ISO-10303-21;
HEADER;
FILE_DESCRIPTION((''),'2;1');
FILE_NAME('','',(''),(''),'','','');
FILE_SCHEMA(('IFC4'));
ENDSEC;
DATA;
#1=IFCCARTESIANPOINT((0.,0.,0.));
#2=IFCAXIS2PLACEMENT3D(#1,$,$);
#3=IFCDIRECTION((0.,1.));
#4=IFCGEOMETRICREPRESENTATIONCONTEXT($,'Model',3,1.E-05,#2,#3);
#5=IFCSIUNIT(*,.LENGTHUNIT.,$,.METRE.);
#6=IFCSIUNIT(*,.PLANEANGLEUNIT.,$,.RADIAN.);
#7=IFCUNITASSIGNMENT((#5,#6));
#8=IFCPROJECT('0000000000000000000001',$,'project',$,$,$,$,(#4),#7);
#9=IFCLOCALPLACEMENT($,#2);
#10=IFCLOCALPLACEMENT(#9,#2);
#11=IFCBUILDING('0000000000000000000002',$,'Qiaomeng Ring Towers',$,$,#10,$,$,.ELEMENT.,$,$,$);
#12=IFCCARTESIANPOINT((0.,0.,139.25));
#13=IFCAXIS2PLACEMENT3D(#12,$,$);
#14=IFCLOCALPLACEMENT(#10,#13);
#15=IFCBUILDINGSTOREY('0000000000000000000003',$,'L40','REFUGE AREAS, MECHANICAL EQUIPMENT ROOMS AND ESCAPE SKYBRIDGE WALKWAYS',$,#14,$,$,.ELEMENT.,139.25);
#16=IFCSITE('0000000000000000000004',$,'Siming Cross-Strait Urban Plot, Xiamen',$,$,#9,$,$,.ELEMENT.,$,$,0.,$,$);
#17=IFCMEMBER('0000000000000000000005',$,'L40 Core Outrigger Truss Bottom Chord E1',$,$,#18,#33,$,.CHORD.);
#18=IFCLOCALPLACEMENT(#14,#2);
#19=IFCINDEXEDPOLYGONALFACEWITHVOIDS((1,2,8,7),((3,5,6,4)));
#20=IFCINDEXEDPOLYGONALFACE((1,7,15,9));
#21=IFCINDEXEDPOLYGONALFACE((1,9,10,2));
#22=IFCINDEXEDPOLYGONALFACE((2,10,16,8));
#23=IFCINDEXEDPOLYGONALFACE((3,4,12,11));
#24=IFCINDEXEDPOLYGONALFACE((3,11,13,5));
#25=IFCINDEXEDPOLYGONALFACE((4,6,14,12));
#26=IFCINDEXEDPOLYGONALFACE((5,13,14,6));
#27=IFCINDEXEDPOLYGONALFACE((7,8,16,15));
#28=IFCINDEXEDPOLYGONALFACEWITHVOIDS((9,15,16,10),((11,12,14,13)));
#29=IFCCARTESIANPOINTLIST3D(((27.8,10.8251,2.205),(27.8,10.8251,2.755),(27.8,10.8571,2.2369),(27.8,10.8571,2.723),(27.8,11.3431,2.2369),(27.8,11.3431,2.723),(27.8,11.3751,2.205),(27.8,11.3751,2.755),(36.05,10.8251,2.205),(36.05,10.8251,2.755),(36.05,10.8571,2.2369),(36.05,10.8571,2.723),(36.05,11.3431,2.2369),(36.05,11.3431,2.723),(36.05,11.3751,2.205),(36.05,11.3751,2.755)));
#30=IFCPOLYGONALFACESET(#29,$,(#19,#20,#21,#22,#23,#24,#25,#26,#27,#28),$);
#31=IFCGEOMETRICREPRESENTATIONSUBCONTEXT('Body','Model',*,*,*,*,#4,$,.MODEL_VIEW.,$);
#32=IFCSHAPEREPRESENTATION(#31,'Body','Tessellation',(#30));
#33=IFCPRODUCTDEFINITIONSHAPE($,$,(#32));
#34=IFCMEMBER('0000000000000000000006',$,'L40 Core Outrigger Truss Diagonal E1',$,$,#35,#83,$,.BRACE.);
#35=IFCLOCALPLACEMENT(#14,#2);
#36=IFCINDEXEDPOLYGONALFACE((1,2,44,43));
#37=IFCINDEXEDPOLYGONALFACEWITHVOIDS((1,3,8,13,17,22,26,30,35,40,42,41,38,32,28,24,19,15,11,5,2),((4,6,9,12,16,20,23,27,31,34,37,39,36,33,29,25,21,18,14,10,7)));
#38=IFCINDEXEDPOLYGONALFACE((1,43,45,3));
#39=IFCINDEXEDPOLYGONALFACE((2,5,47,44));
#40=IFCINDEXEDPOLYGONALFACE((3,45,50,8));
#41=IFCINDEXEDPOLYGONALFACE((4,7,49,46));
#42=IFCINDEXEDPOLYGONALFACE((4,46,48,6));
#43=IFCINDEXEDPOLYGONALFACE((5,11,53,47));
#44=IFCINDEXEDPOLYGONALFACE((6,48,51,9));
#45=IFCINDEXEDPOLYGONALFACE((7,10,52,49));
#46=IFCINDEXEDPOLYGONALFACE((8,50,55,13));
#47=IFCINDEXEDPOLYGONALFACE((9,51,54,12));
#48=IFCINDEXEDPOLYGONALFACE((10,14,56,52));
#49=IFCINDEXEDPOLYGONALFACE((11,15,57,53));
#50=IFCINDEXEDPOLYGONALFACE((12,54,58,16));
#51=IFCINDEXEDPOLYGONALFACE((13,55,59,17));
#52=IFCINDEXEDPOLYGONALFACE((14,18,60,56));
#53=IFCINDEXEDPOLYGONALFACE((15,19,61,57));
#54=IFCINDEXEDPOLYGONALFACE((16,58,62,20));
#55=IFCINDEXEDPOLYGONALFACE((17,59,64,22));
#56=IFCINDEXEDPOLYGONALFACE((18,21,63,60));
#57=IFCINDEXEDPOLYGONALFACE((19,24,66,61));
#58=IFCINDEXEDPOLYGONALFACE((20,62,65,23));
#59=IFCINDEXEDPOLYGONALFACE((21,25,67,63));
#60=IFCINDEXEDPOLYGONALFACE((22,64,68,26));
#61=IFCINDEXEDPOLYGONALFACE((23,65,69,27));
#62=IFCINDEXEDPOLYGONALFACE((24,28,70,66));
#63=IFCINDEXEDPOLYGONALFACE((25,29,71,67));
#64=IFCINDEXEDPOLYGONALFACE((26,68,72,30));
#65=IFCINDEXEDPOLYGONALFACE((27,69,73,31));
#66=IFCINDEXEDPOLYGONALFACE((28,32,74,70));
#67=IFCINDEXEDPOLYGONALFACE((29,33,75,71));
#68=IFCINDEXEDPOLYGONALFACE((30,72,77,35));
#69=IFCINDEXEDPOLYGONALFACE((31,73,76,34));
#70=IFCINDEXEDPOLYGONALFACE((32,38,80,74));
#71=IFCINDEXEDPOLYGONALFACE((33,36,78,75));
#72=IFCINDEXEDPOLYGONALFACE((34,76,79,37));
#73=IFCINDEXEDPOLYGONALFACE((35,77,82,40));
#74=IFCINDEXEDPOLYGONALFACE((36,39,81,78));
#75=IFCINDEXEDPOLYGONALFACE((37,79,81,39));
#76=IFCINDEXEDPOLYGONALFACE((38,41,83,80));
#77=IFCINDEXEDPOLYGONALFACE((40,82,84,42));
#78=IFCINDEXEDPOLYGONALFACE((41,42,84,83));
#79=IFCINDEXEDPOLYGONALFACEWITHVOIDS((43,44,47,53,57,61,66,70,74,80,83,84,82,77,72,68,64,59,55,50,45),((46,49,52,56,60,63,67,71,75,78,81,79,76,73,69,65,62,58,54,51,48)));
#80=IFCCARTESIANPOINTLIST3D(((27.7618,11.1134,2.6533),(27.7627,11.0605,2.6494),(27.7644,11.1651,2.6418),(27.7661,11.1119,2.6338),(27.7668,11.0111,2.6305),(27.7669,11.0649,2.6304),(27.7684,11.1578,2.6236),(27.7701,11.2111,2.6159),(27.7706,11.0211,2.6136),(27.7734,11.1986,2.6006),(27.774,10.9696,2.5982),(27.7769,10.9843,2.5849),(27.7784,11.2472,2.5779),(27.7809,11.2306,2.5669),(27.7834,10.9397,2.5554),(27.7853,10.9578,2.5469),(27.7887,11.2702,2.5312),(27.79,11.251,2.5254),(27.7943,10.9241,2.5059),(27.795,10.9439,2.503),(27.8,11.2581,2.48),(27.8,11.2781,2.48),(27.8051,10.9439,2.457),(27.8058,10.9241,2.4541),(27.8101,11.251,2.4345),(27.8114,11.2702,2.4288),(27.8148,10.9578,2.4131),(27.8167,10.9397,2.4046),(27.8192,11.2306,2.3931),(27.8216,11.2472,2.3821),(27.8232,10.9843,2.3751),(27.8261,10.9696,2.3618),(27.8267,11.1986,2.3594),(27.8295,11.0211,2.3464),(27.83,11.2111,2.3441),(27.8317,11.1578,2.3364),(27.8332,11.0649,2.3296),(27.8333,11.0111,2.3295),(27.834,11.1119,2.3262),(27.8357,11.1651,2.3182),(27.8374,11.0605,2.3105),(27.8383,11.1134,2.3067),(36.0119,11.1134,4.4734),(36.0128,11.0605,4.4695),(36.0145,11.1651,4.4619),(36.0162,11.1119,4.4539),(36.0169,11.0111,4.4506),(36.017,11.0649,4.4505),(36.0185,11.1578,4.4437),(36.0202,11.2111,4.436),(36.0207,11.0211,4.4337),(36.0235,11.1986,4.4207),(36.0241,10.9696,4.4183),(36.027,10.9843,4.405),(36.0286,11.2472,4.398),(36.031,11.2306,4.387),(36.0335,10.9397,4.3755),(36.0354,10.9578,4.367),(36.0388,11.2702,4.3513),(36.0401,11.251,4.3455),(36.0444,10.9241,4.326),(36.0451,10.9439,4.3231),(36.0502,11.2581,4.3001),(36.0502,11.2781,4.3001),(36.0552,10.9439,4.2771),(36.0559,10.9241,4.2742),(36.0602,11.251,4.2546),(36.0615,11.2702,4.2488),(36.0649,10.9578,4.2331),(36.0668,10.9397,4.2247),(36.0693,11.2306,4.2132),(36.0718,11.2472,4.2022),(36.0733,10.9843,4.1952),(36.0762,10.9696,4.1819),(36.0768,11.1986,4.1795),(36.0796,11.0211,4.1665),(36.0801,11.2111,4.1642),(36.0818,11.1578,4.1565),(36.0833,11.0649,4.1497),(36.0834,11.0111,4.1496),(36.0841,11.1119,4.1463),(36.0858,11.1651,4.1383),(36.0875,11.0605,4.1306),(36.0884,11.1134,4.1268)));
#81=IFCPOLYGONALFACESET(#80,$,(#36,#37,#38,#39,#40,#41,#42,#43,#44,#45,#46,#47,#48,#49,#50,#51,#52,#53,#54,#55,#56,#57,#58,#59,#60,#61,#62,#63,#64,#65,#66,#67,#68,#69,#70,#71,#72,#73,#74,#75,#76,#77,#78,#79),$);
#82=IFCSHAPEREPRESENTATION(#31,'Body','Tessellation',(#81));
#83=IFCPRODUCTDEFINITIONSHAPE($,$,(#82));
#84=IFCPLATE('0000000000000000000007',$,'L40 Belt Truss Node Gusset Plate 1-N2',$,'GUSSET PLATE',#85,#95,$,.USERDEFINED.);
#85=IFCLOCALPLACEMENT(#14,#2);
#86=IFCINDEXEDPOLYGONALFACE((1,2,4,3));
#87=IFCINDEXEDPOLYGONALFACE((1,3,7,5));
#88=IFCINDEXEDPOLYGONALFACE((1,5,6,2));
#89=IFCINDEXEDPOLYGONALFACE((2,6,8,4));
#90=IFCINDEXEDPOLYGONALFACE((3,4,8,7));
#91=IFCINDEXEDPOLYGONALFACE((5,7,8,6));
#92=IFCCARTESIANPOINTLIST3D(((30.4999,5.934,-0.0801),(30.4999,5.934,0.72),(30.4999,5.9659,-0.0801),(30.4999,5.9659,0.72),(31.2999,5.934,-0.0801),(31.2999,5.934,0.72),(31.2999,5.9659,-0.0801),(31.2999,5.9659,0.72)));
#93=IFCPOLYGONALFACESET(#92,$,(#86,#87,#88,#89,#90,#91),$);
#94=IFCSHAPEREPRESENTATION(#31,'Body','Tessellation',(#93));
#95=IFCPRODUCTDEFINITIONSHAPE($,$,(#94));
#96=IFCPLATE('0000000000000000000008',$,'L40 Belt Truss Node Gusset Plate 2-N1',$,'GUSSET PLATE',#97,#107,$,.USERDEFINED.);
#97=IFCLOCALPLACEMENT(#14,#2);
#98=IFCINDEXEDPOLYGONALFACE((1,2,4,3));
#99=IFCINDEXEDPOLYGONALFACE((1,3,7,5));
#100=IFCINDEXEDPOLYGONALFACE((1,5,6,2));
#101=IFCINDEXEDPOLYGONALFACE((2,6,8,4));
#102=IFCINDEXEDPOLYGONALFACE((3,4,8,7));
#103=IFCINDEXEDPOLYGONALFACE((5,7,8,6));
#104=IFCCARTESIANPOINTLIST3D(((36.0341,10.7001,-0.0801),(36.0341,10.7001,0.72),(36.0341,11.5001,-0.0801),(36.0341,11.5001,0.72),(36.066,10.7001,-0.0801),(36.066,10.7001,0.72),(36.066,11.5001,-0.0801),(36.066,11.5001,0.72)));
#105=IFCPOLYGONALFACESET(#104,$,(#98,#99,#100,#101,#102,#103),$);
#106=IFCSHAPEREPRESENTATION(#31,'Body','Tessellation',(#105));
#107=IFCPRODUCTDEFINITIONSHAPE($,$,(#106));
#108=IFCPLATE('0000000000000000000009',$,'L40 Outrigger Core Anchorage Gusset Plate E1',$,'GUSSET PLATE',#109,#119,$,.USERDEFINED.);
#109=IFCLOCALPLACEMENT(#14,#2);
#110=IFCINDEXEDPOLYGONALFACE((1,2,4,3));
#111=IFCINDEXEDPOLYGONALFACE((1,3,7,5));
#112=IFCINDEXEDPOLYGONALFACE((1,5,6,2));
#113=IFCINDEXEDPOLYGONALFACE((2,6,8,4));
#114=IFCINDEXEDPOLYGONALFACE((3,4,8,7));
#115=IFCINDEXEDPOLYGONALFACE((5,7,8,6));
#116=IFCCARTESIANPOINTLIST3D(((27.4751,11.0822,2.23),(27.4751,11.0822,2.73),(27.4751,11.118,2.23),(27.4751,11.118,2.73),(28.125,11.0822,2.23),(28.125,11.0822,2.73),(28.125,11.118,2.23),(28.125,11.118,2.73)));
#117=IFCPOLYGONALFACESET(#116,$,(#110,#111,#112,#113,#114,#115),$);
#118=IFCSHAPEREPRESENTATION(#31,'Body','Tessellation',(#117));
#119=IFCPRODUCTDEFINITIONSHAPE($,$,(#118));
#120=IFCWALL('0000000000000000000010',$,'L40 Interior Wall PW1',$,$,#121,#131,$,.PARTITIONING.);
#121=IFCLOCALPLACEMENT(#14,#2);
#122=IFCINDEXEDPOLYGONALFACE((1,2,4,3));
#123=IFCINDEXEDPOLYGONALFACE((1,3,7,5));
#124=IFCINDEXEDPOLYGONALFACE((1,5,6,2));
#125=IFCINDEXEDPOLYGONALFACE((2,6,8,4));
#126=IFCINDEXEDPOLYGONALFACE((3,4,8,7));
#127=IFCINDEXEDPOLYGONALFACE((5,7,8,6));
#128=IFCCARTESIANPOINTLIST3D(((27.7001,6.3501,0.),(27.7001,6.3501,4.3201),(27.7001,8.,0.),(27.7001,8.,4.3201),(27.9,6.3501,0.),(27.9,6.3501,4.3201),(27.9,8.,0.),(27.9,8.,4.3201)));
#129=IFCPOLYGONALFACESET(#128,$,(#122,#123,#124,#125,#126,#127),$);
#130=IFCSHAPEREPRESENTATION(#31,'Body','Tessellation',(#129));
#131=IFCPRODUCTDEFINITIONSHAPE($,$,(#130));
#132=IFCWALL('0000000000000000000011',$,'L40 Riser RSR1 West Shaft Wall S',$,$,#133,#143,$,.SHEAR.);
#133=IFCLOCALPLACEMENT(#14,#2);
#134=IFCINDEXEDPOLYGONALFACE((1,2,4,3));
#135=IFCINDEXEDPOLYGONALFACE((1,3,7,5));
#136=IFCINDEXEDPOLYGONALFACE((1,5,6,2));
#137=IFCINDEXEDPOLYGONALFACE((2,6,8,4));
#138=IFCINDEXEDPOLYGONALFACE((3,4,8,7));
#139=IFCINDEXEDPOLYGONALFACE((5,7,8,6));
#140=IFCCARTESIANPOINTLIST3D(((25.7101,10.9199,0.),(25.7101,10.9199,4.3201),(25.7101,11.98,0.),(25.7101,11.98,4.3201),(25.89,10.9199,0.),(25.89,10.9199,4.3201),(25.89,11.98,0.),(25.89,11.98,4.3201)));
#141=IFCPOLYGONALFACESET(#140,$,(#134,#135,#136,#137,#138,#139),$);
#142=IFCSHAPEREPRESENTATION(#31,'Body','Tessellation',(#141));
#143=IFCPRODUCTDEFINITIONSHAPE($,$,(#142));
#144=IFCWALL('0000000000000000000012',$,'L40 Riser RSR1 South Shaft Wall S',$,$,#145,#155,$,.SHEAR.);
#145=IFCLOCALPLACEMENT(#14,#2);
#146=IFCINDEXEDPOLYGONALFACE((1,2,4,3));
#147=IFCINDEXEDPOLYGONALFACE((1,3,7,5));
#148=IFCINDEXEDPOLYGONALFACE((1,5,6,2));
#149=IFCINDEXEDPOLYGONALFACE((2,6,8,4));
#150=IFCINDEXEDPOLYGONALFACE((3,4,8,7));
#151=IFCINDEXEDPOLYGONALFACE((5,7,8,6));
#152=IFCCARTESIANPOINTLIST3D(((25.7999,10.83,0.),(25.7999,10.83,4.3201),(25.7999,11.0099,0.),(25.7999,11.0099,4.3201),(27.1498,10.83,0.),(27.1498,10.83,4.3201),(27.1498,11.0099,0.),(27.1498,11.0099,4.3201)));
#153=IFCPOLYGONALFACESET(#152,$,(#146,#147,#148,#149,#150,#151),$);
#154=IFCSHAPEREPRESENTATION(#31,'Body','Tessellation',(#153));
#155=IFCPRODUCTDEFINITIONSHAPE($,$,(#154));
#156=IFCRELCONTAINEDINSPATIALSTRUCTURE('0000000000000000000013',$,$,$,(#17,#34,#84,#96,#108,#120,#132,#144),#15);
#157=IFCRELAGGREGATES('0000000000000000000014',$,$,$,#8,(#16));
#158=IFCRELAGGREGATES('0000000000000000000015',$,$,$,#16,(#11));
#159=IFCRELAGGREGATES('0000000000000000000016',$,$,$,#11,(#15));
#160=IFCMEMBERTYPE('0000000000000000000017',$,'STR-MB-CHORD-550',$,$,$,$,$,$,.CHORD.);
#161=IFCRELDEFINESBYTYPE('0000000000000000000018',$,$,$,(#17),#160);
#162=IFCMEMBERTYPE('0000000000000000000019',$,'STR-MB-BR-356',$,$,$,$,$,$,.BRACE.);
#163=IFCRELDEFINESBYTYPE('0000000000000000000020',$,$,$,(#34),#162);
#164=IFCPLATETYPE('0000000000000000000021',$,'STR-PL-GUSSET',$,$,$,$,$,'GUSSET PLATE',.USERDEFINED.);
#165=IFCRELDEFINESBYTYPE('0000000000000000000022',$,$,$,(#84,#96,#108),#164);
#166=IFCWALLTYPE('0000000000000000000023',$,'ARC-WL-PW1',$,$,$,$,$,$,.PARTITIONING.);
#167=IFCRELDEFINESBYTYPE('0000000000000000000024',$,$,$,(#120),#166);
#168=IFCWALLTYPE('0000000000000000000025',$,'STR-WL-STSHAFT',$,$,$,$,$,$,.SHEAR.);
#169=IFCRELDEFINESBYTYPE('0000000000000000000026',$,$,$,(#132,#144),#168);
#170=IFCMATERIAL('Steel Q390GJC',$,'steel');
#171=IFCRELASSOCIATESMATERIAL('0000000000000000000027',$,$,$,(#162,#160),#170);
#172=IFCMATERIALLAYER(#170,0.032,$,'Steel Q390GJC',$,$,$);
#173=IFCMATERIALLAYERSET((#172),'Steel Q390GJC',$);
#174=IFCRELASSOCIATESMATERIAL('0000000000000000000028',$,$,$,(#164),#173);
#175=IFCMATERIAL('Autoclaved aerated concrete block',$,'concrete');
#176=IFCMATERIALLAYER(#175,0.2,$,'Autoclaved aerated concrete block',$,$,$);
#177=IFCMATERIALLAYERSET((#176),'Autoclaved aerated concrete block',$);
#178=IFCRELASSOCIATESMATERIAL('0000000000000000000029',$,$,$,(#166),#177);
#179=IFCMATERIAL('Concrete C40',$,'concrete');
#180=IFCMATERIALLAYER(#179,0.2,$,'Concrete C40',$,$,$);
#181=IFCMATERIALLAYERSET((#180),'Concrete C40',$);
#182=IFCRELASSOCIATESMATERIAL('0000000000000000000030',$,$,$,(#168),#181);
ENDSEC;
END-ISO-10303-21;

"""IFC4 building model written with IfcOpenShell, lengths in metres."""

from ifc_helpers import new_model, si_unit, direction, frame, frame_2d, origin, origin_2d, place, context, subcontext, project, spatial, rectangle, hollow_rectangle, hollow_circle, extrude, source, transform, mapped, material, layer, layer_set, material_profile, profile_set, type_object, element, save


model = new_model("IFC4")

# Units and contexts
model_context = context("Model", 3, precision=1e-05, world=origin(), true_north=direction((0.0, 1.0)))
body_context = subcontext(model_context, "Body", "Model", "MODEL_VIEW")
ifc_project = project(units=[si_unit("LENGTHUNIT", "METRE"), si_unit("PLANEANGLEUNIT", "RADIAN")], contexts=[model_context])

# Site, building, storey
site_placement = place(None, origin())
site = spatial("IfcSite", under=ifc_project, at=site_placement, Name="Siming Cross-Strait Urban Plot, Xiamen", CompositionType="ELEMENT", RefElevation=0.0)
building_placement = place(site_placement, origin())
building = spatial("IfcBuilding", under=site, at=building_placement, Name="Qiaomeng Ring Towers", CompositionType="ELEMENT")
storey_placement = place(building_placement, frame((0.0, 0.0, 139.25)))
storey = spatial("IfcBuildingStorey", under=building, at=storey_placement, Name="L40", Description="REFUGE AREAS, MECHANICAL EQUIPMENT ROOMS AND ESCAPE SKYBRIDGE WALKWAYS", CompositionType="ELEMENT", Elevation=139.25)

# Shared definitions
ifc_material_1 = material(Name="Steel Q390GJC", Category="steel")

# Members
ifc_material_profile_1 = material_profile(ifc_material_1, hollow_circle(Radius=0.178, WallThickness=0.02, at=origin_2d()), Name="CHS 356x20")
ifc_profile_set_1 = profile_set([ifc_material_profile_1], Name="Steel Q390GJC")
member_type_1 = type_object("IfcMemberType", Name="STR-MB-BR-356", PredefinedType="BRACE", material=ifc_profile_set_1)
ifc_material_profile_2 = material_profile(ifc_material_1, hollow_rectangle(XDim=0.55, YDim=0.55, WallThickness=0.032, at=origin_2d()), Name="SHS 550x550x32")
ifc_profile_set_2 = profile_set([ifc_material_profile_2], Name="Steel Q390GJC")
member_type_2 = type_object("IfcMemberType", Name="STR-MB-CHORD-550", PredefinedType="CHORD", material=ifc_profile_set_2)
shared_shape_1 = source(origin(), body_context, "Body", "SweptSolid", [
    extrude(hollow_rectangle(XDim=0.55, YDim=0.55, WallThickness=0.032, at=origin_2d()), origin(), (0.0, 0.0, 1.0), 8.25),
])
member_1_placement = place(storey_placement, frame((27.8, 11.1001, 2.48), z_axis=(1.0, 0.0, 0.0), x_axis=(0.0, 1.0, 0.0)))
element("IfcMember", 1, at=member_1_placement, inside=storey, type_object=member_type_2, Name="L40 Core Outrigger Truss Bottom Chord E1", PredefinedType="CHORD", context=body_context, shape_type="MappedRepresentation", body=[
    mapped(shared_shape_1, transform((0.0, 0.0, 0.0), x_axis=(1.0, 0.0, 0.0), y_axis=(0.0, 1.0, 0.0), z_axis=(0.0, 0.0, 1.0), scale=1.0)),
])
shared_shape_2 = source(origin(), body_context, "Body", "SweptSolid", [
    extrude(hollow_circle(Radius=0.178, WallThickness=0.02, at=origin_2d()), origin(), (0.0, 0.0, 1.0), 8.4485),
])
member_2_placement = place(storey_placement, frame((27.8, 11.1001, 2.48), z_axis=(0.976518, 0.0, 0.215434), x_axis=(0.0, 1.0, 0.0)))
element("IfcMember", 2, at=member_2_placement, inside=storey, type_object=member_type_1, Name="L40 Core Outrigger Truss Diagonal E1", PredefinedType="BRACE", context=body_context, shape_type="MappedRepresentation", body=[
    mapped(shared_shape_2, transform((0.0, 0.0, 0.0), x_axis=(1.0, 0.0, 0.0), y_axis=(0.0, 1.0, 0.0), z_axis=(0.0, 0.0, 1.0), scale=1.0)),
])

# Plates
ifc_layer_1 = layer(ifc_material_1, 0.032, Name="Steel Q390GJC")
ifc_layer_set_1 = layer_set([ifc_layer_1], Name="Steel Q390GJC")
plate_type = type_object("IfcPlateType", Name="STR-PL-GUSSET", ElementType="GUSSET PLATE", PredefinedType="USERDEFINED", material=ifc_layer_set_1)
shared_shape_3 = source(origin(), body_context, "Body", "SweptSolid", [
    extrude(rectangle(XDim=0.8, YDim=0.032, at=origin_2d()), origin(), (0.0, 0.0, 1.0), 0.8),
])
for number, where, z_axis, x_axis, name in (
    (3, (30.8999, 5.95, -0.0801), (0.0, 0.0, 1.0), (1.0, 0.0, 0.0), "L40 Belt Truss Node Gusset Plate 1-N2"),
    (4, (36.05, 11.1001, -0.0801), (0.0, 0.0, 1.0), (0.0, 1.0, 0.0), "L40 Belt Truss Node Gusset Plate 2-N1"),
):
    element("IfcPlate", number, at=place(storey_placement, frame(where, z_axis=z_axis, x_axis=x_axis)), inside=storey, type_object=plate_type, Name=name, ObjectType="GUSSET PLATE", PredefinedType="USERDEFINED", context=body_context, shape_type="MappedRepresentation", body=[
        mapped(shared_shape_3, transform((0.0, 0.0, 0.0), x_axis=(1.0, 0.0, 0.0), y_axis=(0.0, 1.0, 0.0), z_axis=(0.0, 0.0, 1.0), scale=1.0)),
    ])
shared_shape_4 = source(origin(), body_context, "Body", "SweptSolid", [
    extrude(rectangle(XDim=0.6499, YDim=0.0359, at=origin_2d()), origin(), (0.0, 0.0, 1.0), 0.5),
])
plate_placement = place(storey_placement, frame((27.8, 11.1001, 2.23), z_axis=(0.0, 0.0, 1.0), x_axis=(1.0, 0.0, 0.0)))
element("IfcPlate", 5, at=plate_placement, inside=storey, type_object=plate_type, Name="L40 Outrigger Core Anchorage Gusset Plate E1", ObjectType="GUSSET PLATE", PredefinedType="USERDEFINED", context=body_context, shape_type="MappedRepresentation", body=[
    mapped(shared_shape_4, transform((0.0, 0.0, 0.0), x_axis=(1.0, 0.0, 0.0), y_axis=(0.0, 1.0, 0.0), z_axis=(0.0, 0.0, 1.0), scale=1.0)),
])

# Walls
ifc_material_2 = material(Name="Autoclaved aerated concrete block", Category="concrete")
ifc_layer_2 = layer(ifc_material_2, 0.2, Name="Autoclaved aerated concrete block")
ifc_layer_set_2 = layer_set([ifc_layer_2], Name="Autoclaved aerated concrete block")
wall_type_1 = type_object("IfcWallType", Name="ARC-WL-PW1", PredefinedType="PARTITIONING", material=ifc_layer_set_2)
wall_1_placement = place(storey_placement, frame((27.8, 6.3501, 0.0), z_axis=(0.0, 0.0, 1.0), x_axis=(0.0, 1.0, 0.0)))
element("IfcWall", 6, at=wall_1_placement, inside=storey, type_object=wall_type_1, Name="L40 Interior Wall PW1", PredefinedType="PARTITIONING", context=body_context, shape_type="SweptSolid", body=[
    extrude(rectangle(XDim=1.6499, YDim=0.2, at=frame_2d((0.825, 0.0))), origin(), (0.0, 0.0, 1.0), 4.3201),
])
ifc_material_3 = material(Name="Concrete C40", Category="concrete")
ifc_layer_3 = layer(ifc_material_3, 0.2, Name="Concrete C40")
ifc_layer_set_3 = layer_set([ifc_layer_3], Name="Concrete C40")
wall_type_2 = type_object("IfcWallType", Name="STR-WL-STSHAFT", PredefinedType="SHEAR", material=ifc_layer_set_3)
wall_2_placement = place(storey_placement, frame((25.8, 10.9199, 0.0), z_axis=(0.0, 0.0, 1.0), x_axis=(0.0, 1.0, 0.0)))
element("IfcWall", 7, at=wall_2_placement, inside=storey, type_object=wall_type_2, Name="L40 Riser RSR1 West Shaft Wall S", PredefinedType="SHEAR", context=body_context, shape_type="SweptSolid", body=[
    extrude(rectangle(XDim=1.0601, YDim=0.1799, at=frame_2d((0.53, 0.0))), origin(), (0.0, 0.0, 1.0), 4.3201),
])
wall_3_placement = place(storey_placement, frame((25.8, 10.9199, 0.0), z_axis=(0.0, 0.0, 1.0), x_axis=(1.0, 0.0, 0.0)))
element("IfcWall", 8, at=wall_3_placement, inside=storey, type_object=wall_type_2, Name="L40 Riser RSR1 South Shaft Wall S", PredefinedType="SHEAR", context=body_context, shape_type="SweptSolid", body=[
    extrude(rectangle(XDim=1.3499, YDim=0.1799, at=frame_2d((0.6748, 0.0))), origin(), (0.0, 0.0, 1.0), 4.3201),
])

save(model, "model.ifc")
